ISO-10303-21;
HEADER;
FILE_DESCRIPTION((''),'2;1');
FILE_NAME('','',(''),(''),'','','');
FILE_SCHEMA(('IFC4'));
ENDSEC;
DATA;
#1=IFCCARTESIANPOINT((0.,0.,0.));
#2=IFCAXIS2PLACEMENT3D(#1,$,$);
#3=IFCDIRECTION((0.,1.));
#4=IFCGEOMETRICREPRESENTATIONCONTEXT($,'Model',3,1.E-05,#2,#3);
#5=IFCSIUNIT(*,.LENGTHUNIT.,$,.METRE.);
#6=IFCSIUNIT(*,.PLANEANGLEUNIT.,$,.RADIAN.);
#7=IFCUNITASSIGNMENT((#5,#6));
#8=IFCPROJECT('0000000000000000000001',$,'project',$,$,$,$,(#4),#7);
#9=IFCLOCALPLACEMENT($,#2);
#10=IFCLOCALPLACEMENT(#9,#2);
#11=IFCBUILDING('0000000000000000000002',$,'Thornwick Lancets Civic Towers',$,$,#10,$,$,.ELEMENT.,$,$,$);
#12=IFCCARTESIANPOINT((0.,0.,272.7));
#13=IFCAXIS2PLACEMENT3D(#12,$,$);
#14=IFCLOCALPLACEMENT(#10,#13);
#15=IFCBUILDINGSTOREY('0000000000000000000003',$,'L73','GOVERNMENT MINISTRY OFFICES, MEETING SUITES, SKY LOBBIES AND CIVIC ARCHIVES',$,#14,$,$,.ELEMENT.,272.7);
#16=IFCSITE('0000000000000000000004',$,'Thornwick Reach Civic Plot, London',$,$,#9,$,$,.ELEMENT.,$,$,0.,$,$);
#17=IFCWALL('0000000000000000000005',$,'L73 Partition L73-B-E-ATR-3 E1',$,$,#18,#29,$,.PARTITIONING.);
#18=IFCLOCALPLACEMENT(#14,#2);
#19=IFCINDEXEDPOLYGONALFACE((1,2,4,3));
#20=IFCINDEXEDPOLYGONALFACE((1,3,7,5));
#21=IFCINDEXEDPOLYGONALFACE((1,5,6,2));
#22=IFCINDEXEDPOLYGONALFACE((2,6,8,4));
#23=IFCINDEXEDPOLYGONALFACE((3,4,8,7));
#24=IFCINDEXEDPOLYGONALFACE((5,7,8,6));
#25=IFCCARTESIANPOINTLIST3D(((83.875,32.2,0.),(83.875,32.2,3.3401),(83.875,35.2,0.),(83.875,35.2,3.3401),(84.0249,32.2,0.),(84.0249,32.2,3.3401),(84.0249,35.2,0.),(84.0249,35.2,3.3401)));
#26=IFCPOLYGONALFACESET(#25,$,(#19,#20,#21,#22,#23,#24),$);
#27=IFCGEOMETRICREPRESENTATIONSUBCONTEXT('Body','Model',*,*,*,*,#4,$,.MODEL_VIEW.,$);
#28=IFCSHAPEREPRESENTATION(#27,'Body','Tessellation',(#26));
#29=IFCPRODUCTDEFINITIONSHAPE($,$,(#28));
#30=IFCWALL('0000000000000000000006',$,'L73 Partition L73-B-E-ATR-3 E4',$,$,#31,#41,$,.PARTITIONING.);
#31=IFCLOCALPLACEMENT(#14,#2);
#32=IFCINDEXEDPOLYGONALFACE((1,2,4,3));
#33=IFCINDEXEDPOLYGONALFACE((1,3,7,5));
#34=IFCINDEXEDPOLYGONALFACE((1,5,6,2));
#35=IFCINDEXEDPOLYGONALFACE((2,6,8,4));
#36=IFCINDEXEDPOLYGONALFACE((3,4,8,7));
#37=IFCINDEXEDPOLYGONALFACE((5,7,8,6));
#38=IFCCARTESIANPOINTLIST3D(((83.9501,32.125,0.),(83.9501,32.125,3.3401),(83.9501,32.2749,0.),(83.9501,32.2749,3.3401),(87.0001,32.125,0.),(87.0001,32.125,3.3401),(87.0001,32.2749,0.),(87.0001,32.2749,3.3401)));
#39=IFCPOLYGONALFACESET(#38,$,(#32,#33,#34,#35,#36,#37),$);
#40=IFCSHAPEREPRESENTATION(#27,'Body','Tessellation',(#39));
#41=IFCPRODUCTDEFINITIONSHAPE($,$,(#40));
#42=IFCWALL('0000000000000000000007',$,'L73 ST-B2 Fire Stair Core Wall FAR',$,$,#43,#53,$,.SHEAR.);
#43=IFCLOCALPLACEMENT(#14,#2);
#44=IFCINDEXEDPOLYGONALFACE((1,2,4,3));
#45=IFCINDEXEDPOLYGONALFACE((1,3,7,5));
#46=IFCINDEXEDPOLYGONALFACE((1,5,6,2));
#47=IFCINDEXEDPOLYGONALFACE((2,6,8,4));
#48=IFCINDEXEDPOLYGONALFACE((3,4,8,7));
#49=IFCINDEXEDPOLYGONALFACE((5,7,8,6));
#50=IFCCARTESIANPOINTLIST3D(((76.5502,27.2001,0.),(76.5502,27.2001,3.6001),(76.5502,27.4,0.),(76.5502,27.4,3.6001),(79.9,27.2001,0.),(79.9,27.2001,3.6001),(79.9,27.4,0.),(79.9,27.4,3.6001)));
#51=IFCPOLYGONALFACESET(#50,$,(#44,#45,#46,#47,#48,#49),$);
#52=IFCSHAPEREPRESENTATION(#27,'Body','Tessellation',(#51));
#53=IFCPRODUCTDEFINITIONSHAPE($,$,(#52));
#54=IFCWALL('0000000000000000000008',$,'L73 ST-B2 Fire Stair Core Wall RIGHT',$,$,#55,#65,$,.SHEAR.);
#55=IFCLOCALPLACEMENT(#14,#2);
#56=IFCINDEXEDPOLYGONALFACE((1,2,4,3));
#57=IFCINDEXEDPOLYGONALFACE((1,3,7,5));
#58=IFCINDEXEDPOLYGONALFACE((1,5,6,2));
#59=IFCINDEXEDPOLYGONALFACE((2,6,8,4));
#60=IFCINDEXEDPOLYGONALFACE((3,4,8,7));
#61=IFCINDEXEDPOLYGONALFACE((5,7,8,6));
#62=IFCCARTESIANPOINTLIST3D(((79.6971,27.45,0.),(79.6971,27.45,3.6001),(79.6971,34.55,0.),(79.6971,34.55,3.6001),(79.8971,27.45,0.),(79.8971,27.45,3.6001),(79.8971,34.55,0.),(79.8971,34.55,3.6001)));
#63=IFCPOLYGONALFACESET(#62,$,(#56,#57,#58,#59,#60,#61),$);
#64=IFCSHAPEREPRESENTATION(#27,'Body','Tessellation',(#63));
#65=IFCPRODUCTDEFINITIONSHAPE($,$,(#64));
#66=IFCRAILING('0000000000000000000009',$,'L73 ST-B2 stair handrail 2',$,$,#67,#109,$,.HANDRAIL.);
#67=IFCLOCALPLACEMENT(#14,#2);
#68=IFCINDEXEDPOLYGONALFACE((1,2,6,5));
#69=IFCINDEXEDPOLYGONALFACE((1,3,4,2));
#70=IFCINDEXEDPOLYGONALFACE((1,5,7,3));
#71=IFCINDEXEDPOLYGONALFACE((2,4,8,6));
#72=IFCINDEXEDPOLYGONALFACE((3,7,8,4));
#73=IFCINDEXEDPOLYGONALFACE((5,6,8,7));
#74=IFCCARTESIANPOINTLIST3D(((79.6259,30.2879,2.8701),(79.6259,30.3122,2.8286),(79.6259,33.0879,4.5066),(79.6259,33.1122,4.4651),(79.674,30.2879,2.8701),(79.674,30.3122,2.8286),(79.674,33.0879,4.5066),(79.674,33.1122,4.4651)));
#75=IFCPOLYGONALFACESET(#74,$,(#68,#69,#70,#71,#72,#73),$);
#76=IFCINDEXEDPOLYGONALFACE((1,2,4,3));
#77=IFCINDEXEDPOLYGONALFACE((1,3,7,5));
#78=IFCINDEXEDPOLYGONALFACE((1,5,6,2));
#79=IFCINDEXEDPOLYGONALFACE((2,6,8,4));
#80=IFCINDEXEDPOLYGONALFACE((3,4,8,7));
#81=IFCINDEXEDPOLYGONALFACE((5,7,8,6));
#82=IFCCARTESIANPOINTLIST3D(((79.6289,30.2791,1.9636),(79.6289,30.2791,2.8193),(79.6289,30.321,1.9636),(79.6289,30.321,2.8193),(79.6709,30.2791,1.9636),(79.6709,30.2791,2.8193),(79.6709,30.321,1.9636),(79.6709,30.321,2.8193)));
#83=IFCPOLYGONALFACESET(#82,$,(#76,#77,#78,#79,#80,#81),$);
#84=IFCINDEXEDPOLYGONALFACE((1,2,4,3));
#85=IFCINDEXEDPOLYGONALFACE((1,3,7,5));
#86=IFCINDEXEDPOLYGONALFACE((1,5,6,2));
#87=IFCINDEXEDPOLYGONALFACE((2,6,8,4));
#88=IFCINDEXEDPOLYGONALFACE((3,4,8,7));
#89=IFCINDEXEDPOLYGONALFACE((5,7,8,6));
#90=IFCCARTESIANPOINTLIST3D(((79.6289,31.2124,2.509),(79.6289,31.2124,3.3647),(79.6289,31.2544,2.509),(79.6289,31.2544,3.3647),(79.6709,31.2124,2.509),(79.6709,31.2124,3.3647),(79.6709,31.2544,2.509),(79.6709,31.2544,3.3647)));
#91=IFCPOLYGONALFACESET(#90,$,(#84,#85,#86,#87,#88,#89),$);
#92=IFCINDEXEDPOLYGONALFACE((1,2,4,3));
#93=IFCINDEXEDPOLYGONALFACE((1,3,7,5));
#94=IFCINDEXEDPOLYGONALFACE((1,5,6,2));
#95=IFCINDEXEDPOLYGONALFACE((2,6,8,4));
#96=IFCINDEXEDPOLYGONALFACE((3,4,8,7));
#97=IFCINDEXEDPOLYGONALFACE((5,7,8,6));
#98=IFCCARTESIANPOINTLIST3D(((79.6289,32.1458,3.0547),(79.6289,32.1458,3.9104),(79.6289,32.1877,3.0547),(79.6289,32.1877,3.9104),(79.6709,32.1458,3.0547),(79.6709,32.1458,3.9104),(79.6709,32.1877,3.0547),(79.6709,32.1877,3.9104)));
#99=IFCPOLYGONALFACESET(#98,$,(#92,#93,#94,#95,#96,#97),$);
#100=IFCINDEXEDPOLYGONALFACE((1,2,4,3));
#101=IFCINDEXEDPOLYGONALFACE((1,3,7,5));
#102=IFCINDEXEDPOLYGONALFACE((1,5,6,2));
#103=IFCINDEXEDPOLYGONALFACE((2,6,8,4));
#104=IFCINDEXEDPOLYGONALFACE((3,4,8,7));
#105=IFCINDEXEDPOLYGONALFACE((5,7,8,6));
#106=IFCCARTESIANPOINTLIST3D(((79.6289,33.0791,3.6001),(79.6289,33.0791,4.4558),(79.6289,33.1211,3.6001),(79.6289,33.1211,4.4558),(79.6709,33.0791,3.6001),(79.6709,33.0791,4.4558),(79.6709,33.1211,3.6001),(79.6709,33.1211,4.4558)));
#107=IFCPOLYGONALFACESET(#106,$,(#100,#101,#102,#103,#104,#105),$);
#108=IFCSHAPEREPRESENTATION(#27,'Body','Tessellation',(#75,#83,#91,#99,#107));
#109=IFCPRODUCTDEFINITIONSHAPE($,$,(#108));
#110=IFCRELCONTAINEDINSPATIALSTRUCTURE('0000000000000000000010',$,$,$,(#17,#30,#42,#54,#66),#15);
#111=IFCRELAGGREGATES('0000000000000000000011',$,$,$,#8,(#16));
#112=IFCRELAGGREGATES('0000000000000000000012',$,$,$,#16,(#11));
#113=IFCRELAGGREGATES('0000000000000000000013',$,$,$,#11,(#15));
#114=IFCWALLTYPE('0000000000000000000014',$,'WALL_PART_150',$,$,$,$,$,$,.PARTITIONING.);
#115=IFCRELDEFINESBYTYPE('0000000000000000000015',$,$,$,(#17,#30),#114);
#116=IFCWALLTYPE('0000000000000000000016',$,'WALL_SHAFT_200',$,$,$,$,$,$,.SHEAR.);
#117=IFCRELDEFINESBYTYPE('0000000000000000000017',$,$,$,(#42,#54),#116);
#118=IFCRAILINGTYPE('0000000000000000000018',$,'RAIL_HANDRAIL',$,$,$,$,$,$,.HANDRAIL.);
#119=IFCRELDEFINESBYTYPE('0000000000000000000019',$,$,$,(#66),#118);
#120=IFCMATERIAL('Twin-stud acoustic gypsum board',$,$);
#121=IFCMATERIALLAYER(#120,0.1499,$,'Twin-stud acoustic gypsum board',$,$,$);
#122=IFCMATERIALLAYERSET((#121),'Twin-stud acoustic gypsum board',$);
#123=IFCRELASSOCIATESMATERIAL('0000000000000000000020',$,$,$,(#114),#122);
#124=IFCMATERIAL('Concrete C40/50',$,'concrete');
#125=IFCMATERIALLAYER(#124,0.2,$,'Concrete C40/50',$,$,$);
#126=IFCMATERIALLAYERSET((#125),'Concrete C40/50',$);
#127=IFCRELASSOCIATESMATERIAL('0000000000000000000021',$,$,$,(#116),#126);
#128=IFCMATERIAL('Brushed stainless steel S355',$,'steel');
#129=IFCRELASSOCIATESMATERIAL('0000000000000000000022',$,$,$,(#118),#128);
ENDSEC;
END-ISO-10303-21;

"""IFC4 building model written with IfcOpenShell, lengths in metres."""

from ifc_helpers import new_model, si_unit, direction, frame, frame_2d, origin, origin_2d, place, context, subcontext, project, spatial, rectangle, extrude, material, layer, layer_set, type_object, element, save


model = new_model("IFC4")

# Units and contexts
model_context = context("Model", 3, precision=1e-05, world=origin(), true_north=direction((0.0, 1.0)))
body_context = subcontext(model_context, "Body", "Model", "MODEL_VIEW")
ifc_project = project(units=[si_unit("LENGTHUNIT", "METRE"), si_unit("PLANEANGLEUNIT", "RADIAN")], contexts=[model_context])

# Site, building, storey
site_placement = place(None, origin())
site = spatial("IfcSite", under=ifc_project, at=site_placement, Name="Thornwick Reach Civic Plot, London", CompositionType="ELEMENT", RefElevation=0.0)
building_placement = place(site_placement, origin())
building = spatial("IfcBuilding", under=site, at=building_placement, Name="Thornwick Lancets Civic Towers", CompositionType="ELEMENT")
storey_placement = place(building_placement, frame((0.0, 0.0, 272.7)))
storey = spatial("IfcBuildingStorey", under=building, at=storey_placement, Name="L73", Description="GOVERNMENT MINISTRY OFFICES, MEETING SUITES, SKY LOBBIES AND CIVIC ARCHIVES", CompositionType="ELEMENT", Elevation=272.7)

# Wall
ifc_material_1 = material(Name="Twin-stud acoustic gypsum board")
ifc_layer_1 = layer(ifc_material_1, 0.1499, Name="Twin-stud acoustic gypsum board")
ifc_layer_set_1 = layer_set([ifc_layer_1], Name="Twin-stud acoustic gypsum board")
wall_type_1 = type_object("IfcWallType", Name="WALL_PART_150", PredefinedType="PARTITIONING", material=ifc_layer_set_1)
wall_1_placement = place(storey_placement, frame((83.95, 32.2, 0.0), z_axis=(0.0, 0.0, 1.0), x_axis=(0.0, 1.0, 0.0)))
element("IfcWall", 1, at=wall_1_placement, inside=storey, type_object=wall_type_1, Name="L73 Partition L73-B-E-ATR-3 E1", PredefinedType="PARTITIONING", context=body_context, shape_type="SweptSolid", body=[
    extrude(rectangle(XDim=3.0, YDim=0.1499, at=frame_2d((1.5, 0.0))), origin(), (0.0, 0.0, 1.0), 3.3401),
])

# Walls
wall_2_placement = place(storey_placement, frame((87.0, 32.2, 0.0), z_axis=(0.0, 0.0, 1.0), x_axis=(-1.0, 0.0, 0.0)))
element("IfcWall", 2, at=wall_2_placement, inside=storey, type_object=wall_type_1, Name="L73 Partition L73-B-E-ATR-3 E4", PredefinedType="PARTITIONING", context=body_context, shape_type="SweptSolid", body=[
    extrude(rectangle(XDim=3.05, YDim=0.1499, at=frame_2d((1.5249, 0.0))), origin(), (0.0, 0.0, 1.0), 3.3401),
])
ifc_material_2 = material(Name="Concrete C40/50", Category="concrete")
ifc_layer_2 = layer(ifc_material_2, 0.2, Name="Concrete C40/50")
ifc_layer_set_2 = layer_set([ifc_layer_2], Name="Concrete C40/50")
wall_type_2 = type_object("IfcWallType", Name="WALL_SHAFT_200", PredefinedType="SHEAR", material=ifc_layer_set_2)
wall_3_placement = place(storey_placement, frame((79.8999, 27.3, 0.0), z_axis=(0.0, 0.0, 1.0), x_axis=(-1.0, 0.0, 0.0)))
element("IfcWall", 3, at=wall_3_placement, inside=storey, type_object=wall_type_2, Name="L73 ST-B2 Fire Stair Core Wall FAR", PredefinedType="SHEAR", context=body_context, shape_type="SweptSolid", body=[
    extrude(rectangle(XDim=3.3499, YDim=0.2, at=frame_2d((1.6748, 0.0))), origin(), (0.0, 0.0, 1.0), 3.6001),
])
wall_4_placement = place(storey_placement, frame((79.7971, 27.45, 0.0), z_axis=(0.0, 0.0, 1.0), x_axis=(0.0, 1.0, 0.0)))
element("IfcWall", 4, at=wall_4_placement, inside=storey, type_object=wall_type_2, Name="L73 ST-B2 Fire Stair Core Wall RIGHT", PredefinedType="SHEAR", context=body_context, shape_type="SweptSolid", body=[
    extrude(rectangle(XDim=7.1001, YDim=0.2, at=frame_2d((3.55, 0.0))), origin(), (0.0, 0.0, 1.0), 3.6001),
])

# Railing
ifc_material_3 = material(Name="Brushed stainless steel S355", Category="steel")
railing_type = type_object("IfcRailingType", Name="RAIL_HANDRAIL", PredefinedType="HANDRAIL", material=ifc_material_3)
railing_placement = place(storey_placement, frame((79.6499, 30.3, 1.9636)))
element("IfcRailing", 5, at=railing_placement, inside=storey, type_object=railing_type, Name="L73 ST-B2 stair handrail 2", PredefinedType="HANDRAIL", context=body_context, shape_type="SweptSolid", body=[
    extrude(rectangle(XDim=0.0481, YDim=0.0481, at=origin_2d()), frame((0.0, 0.0, 0.8857), z_axis=(0.0, 0.863361, 0.504587), x_axis=(-1.0, 0.0, 0.0)), (0.0, 0.0, 1.0), 3.2432),
    extrude(rectangle(XDim=0.042, YDim=0.042, at=origin_2d()), origin(), (0.0, 0.0, 1.0), 0.8557),
    extrude(rectangle(XDim=0.042, YDim=0.042, at=origin_2d()), frame((0.0, 0.9333, 0.5454)), (0.0, 0.0, 1.0), 0.8557),
    extrude(rectangle(XDim=0.042, YDim=0.042, at=origin_2d()), frame((0.0, 1.8667, 1.0911)), (0.0, 0.0, 1.0), 0.8557),
    extrude(rectangle(XDim=0.042, YDim=0.042, at=origin_2d()), frame((0.0, 2.8, 1.6365)), (0.0, 0.0, 1.0), 0.8557),
])

save(model, "model.ifc")
